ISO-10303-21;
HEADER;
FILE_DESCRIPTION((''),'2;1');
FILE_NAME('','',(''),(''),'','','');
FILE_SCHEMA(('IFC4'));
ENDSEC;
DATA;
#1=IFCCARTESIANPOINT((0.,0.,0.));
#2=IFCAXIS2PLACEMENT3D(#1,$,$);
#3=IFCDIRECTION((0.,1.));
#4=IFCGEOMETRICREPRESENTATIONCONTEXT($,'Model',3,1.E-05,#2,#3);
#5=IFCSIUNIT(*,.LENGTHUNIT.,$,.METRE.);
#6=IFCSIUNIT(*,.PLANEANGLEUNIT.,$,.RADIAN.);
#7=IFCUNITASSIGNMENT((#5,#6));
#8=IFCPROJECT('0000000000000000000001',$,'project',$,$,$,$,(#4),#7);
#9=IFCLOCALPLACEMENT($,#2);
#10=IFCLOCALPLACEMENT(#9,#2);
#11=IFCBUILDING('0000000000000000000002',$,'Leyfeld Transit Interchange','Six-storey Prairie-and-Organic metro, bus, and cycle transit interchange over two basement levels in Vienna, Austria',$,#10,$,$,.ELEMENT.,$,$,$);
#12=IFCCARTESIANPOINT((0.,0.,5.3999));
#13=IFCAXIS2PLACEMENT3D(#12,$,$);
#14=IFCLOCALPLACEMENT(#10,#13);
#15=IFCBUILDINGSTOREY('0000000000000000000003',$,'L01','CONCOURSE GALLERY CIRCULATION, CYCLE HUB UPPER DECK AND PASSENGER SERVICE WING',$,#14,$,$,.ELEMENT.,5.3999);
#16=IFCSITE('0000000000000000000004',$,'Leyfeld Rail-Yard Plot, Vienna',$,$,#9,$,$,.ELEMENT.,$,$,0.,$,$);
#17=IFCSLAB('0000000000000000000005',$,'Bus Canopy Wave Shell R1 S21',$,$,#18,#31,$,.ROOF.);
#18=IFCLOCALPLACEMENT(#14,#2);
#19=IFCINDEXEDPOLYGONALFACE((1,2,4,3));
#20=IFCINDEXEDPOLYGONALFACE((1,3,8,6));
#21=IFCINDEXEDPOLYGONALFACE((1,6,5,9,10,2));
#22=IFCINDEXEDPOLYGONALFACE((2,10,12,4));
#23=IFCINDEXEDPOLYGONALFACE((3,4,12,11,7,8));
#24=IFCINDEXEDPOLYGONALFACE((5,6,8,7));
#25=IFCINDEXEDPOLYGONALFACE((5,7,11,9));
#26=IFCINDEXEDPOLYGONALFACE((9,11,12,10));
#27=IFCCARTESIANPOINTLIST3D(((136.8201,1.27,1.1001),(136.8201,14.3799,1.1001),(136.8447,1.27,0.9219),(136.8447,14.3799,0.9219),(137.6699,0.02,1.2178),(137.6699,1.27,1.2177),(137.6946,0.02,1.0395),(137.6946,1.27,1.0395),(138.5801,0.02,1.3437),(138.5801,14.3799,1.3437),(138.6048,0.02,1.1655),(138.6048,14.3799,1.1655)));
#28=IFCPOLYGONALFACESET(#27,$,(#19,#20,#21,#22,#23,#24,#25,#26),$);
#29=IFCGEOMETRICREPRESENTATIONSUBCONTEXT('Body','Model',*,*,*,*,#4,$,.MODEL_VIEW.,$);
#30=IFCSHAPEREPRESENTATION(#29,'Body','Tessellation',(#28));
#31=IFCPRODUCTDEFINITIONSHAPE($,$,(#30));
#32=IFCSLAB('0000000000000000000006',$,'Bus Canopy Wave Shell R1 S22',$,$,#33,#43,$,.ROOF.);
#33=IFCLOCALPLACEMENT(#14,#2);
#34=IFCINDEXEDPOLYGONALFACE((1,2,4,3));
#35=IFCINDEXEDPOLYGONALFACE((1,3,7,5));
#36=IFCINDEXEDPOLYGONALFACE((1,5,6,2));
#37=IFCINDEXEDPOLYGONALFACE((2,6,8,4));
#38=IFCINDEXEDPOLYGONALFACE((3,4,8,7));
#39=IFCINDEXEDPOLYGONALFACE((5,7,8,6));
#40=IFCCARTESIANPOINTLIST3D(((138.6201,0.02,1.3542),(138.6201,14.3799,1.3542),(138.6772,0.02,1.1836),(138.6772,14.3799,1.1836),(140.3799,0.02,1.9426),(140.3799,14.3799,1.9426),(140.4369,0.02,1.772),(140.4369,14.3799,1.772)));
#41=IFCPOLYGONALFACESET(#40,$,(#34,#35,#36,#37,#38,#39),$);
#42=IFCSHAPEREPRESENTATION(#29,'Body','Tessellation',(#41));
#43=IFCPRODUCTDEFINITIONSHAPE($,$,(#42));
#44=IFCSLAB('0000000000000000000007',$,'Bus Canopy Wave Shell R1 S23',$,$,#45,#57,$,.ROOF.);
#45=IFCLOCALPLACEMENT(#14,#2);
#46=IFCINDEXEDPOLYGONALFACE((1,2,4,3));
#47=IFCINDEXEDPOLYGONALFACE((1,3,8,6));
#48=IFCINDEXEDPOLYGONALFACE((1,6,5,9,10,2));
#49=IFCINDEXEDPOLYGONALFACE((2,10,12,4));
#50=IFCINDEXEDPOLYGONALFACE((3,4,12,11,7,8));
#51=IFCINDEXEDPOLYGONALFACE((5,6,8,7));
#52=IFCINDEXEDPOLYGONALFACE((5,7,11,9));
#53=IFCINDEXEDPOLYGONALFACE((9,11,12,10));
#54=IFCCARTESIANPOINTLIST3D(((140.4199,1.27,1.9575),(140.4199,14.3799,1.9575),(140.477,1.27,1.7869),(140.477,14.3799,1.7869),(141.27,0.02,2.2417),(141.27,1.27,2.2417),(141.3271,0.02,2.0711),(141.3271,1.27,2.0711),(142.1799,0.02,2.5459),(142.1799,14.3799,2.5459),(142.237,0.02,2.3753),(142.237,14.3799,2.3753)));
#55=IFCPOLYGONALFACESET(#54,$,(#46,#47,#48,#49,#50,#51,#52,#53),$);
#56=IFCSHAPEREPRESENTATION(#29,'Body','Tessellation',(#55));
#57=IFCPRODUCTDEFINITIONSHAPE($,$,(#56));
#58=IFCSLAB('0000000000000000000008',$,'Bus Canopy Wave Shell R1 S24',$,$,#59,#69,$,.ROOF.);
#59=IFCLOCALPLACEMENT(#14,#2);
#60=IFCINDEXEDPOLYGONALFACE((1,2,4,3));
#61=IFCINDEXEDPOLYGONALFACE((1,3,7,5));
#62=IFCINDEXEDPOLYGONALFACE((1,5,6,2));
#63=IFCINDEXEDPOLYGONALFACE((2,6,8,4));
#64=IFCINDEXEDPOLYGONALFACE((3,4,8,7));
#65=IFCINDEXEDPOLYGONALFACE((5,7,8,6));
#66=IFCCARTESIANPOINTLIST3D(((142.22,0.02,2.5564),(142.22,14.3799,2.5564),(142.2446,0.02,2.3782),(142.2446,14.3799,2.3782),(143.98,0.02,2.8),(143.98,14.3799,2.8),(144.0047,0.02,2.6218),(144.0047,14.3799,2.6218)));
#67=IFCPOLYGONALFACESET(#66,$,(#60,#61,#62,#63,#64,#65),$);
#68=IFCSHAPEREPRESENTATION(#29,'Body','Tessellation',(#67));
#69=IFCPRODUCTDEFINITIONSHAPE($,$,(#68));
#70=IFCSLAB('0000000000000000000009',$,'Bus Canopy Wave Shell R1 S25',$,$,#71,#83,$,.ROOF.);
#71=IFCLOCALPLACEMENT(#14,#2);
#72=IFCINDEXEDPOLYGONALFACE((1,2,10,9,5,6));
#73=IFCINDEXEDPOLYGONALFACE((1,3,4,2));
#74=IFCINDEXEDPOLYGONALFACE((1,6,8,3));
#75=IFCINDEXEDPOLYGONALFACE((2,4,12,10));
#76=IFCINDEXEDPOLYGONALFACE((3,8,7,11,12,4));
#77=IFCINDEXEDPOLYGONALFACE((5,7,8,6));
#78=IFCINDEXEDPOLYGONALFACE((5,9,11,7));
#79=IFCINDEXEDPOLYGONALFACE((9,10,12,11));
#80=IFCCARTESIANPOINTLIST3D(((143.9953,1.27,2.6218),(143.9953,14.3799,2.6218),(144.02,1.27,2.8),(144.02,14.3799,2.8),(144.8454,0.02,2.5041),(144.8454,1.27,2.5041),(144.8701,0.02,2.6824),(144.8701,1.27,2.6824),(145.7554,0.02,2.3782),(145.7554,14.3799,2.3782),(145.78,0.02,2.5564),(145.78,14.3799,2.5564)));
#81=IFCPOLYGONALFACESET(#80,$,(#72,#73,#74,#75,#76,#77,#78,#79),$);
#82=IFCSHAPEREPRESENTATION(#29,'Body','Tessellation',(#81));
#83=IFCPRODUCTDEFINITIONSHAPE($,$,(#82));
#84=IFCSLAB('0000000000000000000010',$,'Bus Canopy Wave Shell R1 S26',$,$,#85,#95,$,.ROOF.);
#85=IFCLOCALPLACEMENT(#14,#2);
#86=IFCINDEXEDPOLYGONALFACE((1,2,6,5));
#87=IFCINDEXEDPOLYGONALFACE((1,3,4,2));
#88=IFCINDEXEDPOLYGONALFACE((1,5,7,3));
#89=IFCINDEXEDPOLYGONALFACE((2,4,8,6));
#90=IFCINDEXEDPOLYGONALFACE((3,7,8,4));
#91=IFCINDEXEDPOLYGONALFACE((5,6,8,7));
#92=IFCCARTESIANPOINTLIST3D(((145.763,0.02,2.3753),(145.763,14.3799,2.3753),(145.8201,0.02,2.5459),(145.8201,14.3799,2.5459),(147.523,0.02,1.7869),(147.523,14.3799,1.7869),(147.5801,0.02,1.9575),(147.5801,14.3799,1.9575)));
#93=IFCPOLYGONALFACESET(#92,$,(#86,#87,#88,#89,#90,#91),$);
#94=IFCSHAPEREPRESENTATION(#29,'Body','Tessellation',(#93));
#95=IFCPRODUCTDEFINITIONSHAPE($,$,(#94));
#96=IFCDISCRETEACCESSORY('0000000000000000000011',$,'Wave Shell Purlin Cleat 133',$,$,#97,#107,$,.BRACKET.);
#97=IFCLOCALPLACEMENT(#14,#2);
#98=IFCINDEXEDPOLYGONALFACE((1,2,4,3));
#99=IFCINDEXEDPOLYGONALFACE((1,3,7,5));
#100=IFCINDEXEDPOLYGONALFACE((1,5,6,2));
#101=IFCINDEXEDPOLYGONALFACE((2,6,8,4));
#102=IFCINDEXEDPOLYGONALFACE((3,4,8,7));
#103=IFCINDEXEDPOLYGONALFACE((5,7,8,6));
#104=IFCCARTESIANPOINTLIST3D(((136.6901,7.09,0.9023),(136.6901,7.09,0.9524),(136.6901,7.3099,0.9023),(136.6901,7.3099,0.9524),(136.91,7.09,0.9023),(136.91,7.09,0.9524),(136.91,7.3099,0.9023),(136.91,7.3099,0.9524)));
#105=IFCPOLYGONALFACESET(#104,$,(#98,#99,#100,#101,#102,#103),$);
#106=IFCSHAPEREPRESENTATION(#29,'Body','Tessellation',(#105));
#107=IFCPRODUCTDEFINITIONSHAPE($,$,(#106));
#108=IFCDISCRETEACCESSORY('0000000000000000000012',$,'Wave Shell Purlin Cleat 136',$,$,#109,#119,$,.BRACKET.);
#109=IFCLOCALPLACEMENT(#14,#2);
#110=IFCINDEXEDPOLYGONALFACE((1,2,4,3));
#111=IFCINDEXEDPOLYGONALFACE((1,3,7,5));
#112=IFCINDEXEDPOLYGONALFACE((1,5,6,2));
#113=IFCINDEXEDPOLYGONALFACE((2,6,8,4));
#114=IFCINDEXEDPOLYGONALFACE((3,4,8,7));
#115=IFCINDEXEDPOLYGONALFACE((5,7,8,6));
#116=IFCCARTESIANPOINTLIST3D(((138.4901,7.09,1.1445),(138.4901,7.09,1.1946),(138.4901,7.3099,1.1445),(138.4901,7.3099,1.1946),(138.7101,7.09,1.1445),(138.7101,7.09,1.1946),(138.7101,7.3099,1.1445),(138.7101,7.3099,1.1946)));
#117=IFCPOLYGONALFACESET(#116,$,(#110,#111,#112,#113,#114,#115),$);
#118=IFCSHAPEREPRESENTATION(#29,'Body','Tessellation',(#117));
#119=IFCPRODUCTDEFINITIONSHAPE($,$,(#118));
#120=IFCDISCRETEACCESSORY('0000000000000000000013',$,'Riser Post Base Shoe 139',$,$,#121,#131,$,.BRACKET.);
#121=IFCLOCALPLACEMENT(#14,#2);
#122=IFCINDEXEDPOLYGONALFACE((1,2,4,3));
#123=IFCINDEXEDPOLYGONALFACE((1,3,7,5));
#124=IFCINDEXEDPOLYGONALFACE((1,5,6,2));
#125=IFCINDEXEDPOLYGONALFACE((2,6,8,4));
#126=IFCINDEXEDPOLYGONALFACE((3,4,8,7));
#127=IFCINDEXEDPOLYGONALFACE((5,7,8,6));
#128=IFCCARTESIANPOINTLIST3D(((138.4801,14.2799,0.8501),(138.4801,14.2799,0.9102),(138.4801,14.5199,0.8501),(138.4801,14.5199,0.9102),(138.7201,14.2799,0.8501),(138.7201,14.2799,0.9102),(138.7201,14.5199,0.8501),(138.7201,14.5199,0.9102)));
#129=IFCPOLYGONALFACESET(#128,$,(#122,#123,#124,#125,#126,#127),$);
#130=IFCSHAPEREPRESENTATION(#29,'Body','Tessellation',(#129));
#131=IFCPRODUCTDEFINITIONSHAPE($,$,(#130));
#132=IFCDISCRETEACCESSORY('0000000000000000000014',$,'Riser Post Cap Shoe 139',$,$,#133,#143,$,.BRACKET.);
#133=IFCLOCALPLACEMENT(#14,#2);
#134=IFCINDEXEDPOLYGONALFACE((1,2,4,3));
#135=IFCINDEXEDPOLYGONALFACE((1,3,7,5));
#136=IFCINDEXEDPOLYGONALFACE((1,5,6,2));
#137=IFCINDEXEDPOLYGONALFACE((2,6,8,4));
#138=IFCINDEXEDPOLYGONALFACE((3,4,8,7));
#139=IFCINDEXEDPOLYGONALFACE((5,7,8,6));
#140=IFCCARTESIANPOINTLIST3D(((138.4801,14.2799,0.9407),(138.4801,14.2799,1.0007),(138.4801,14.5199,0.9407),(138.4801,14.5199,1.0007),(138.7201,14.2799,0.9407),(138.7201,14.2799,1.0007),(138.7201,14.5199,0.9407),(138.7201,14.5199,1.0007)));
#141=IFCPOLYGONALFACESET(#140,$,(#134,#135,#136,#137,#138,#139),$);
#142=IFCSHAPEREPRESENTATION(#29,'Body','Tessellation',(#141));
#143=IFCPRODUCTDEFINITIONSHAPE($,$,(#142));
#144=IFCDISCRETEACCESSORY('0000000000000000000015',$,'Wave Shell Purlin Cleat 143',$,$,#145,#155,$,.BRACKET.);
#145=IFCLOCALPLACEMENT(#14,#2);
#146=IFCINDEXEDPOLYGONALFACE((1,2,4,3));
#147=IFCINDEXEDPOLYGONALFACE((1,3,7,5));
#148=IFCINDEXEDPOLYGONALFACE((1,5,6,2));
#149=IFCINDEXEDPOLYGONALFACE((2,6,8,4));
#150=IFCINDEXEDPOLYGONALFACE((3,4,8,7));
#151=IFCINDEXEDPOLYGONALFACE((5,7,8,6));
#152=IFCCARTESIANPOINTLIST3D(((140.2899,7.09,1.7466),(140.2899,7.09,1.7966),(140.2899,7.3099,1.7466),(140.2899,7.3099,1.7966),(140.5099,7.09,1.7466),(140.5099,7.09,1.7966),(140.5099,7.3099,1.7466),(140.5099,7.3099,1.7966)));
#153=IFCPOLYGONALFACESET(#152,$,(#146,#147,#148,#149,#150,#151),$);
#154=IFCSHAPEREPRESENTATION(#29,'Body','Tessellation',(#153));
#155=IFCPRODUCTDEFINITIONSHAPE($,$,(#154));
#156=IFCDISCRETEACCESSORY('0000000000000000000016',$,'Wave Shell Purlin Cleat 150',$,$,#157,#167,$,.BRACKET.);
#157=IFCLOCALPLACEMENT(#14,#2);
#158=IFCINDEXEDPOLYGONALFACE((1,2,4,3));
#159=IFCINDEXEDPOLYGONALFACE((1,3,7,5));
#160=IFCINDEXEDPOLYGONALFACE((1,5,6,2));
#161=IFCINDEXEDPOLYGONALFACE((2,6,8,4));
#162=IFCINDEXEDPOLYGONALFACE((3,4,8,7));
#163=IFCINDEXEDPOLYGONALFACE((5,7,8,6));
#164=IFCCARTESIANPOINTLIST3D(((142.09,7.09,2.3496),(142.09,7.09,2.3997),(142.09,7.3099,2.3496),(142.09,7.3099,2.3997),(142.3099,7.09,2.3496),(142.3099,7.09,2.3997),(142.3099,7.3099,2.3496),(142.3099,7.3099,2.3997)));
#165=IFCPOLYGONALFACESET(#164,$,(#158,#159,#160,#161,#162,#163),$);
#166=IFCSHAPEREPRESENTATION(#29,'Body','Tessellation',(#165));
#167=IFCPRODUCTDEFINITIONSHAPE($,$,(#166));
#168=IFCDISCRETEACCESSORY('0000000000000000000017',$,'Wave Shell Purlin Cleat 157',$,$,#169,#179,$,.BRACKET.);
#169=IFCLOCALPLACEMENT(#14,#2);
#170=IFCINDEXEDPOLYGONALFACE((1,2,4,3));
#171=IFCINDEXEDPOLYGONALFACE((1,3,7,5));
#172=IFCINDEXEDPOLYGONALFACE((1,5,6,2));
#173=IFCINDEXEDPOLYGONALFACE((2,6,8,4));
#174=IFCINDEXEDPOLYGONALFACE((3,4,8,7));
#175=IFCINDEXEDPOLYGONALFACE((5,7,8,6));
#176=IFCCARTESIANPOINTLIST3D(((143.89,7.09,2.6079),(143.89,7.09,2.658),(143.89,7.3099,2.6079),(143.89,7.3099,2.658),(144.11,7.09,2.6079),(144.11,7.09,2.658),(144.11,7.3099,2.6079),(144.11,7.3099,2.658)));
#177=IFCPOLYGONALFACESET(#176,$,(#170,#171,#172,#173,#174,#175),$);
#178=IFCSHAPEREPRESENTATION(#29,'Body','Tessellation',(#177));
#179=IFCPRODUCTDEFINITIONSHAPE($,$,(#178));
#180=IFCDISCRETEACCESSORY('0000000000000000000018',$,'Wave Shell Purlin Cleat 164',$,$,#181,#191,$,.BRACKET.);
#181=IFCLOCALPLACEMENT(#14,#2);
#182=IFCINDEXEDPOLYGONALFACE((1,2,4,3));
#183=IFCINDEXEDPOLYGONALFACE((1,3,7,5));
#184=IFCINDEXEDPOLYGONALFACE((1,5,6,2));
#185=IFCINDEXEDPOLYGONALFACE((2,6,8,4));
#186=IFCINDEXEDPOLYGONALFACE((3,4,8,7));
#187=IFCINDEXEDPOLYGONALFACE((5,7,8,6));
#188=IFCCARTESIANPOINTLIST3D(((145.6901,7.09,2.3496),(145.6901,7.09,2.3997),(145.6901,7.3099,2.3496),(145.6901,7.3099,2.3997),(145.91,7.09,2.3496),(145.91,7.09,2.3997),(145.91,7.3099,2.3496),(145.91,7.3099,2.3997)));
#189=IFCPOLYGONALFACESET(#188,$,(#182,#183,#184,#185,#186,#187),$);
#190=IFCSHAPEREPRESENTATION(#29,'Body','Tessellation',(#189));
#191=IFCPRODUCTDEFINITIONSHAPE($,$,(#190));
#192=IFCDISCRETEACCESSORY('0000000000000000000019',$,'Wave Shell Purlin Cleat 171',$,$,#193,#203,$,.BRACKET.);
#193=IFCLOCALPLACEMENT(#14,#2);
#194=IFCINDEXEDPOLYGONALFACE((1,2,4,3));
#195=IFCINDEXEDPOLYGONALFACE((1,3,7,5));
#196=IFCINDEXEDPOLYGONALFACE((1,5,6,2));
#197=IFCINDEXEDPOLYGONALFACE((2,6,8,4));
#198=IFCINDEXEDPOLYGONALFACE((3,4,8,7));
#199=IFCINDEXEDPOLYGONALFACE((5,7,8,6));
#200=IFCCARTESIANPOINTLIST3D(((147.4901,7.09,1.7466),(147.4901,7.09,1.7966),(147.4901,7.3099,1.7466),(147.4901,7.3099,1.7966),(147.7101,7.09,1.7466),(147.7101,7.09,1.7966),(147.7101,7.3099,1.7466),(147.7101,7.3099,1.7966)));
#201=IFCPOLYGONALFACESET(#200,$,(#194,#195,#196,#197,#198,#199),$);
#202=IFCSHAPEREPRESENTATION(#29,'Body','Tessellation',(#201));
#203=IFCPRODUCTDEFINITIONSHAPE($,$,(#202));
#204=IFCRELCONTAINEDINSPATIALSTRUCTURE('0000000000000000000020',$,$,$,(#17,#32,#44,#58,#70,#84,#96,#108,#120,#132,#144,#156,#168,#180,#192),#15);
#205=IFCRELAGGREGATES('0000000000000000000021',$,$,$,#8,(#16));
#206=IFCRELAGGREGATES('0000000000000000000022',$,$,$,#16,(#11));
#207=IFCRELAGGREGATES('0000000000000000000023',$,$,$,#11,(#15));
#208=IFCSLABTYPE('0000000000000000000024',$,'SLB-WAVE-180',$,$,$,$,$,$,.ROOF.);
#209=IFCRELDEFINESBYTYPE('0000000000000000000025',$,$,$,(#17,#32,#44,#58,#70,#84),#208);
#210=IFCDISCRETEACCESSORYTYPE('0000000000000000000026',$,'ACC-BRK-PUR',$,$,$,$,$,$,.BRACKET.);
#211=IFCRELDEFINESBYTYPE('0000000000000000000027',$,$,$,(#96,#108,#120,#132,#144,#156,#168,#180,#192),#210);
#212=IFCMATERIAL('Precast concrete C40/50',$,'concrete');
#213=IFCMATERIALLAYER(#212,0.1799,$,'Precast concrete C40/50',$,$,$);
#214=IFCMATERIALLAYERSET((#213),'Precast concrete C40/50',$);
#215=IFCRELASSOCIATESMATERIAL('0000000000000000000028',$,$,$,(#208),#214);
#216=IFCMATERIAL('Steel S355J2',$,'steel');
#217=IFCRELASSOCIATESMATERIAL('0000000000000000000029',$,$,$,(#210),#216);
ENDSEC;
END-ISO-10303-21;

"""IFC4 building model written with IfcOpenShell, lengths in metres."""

from ifc_helpers import new_model, si_unit, direction, frame, origin, origin_2d, place, context, subcontext, project, spatial, polyline, rectangle, outline, extrude, material, layer, layer_set, type_object, element, save


model = new_model("IFC4")

# Units and contexts
model_context = context("Model", 3, precision=1e-05, world=origin(), true_north=direction((0.0, 1.0)))
body_context = subcontext(model_context, "Body", "Model", "MODEL_VIEW")
ifc_project = project(units=[si_unit("LENGTHUNIT", "METRE"), si_unit("PLANEANGLEUNIT", "RADIAN")], contexts=[model_context])

# Site, building, storey
site_placement = place(None, origin())
site = spatial("IfcSite", under=ifc_project, at=site_placement, Name="Leyfeld Rail-Yard Plot, Vienna", CompositionType="ELEMENT", RefElevation=0.0)
building_placement = place(site_placement, origin())
building = spatial("IfcBuilding", under=site, at=building_placement, Name="Leyfeld Transit Interchange", Description="Six-storey Prairie-and-Organic metro, bus, and cycle transit interchange over two basement levels in Vienna, Austria", CompositionType="ELEMENT")
storey_placement = place(building_placement, frame((0.0, 0.0, 5.3999)))
storey = spatial("IfcBuildingStorey", under=building, at=storey_placement, Name="L01", Description="CONCOURSE GALLERY CIRCULATION, CYCLE HUB UPPER DECK AND PASSENGER SERVICE WING", CompositionType="ELEMENT", Elevation=5.3999)

# Shared definitions
ifc_material_1 = material(Name="Steel S355J2", Category="steel")

# Slabs
ifc_material_2 = material(Name="Precast concrete C40/50", Category="concrete")
ifc_layer = layer(ifc_material_2, 0.1799, Name="Precast concrete C40/50")
ifc_layer_set = layer_set([ifc_layer], Name="Precast concrete C40/50")
slab_type = type_object("IfcSlabType", Name="SLB-WAVE-180", PredefinedType="ROOF", material=ifc_layer_set)
slab_1_placement = place(storey_placement, frame((136.8201, 1.27, 1.1001), z_axis=(-0.137129, 0.000001, 0.990553), x_axis=(0.990553, 0.0, 0.137129)))
element("IfcSlab", 1, at=slab_1_placement, inside=storey, type_object=slab_type, Name="Bus Canopy Wave Shell R1 S21", PredefinedType="ROOF", context=body_context, shape_type="SweptSolid", body=[
    extrude(outline(polyline([(0.0, 0.0), (0.858, 0.0), (0.858, -1.25), (1.7768, -1.25), (1.7768, 13.1099), (0.0, 13.1099), (0.0, 0.0)])), origin(), (0.0, 0.0, -1.0), 0.1799),
])
slab_2_placement = place(storey_placement, frame((138.6201, 0.02, 1.3542), z_axis=(-0.317096, 0.0, 0.948393), x_axis=(0.948393, 0.0, 0.317096)))
element("IfcSlab", 2, at=slab_2_placement, inside=storey, type_object=slab_type, Name="Bus Canopy Wave Shell R1 S22", PredefinedType="ROOF", context=body_context, shape_type="SweptSolid", body=[
    extrude(outline(polyline([(0.0, 0.0), (1.8555, 0.0), (1.8555, 14.3599), (0.0, 14.3599), (0.0, 0.0)])), origin(), (0.0, 0.0, -1.0), 0.1799),
])
slab_3_placement = place(storey_placement, frame((140.4199, 1.27, 1.9575), z_axis=(-0.317057, 0.0, 0.948406), x_axis=(0.948406, 0.0, 0.317057)))
element("IfcSlab", 3, at=slab_3_placement, inside=storey, type_object=slab_type, Name="Bus Canopy Wave Shell R1 S23", PredefinedType="ROOF", context=body_context, shape_type="SweptSolid", body=[
    extrude(outline(polyline([(0.0, 0.0), (0.8963, 0.0), (0.8963, -1.25), (1.8558, -1.25), (1.8558, 13.1099), (0.0, 13.1099), (0.0, 0.0)])), origin(), (0.0, 0.0, -1.0), 0.1799),
])
slab_4_placement = place(storey_placement, frame((142.22, 0.02, 2.5564), z_axis=(-0.13713, 0.0, 0.990553), x_axis=(0.990553, 0.0, 0.13713)))
element("IfcSlab", 4, at=slab_4_placement, inside=storey, type_object=slab_type, Name="Bus Canopy Wave Shell R1 S24", PredefinedType="ROOF", context=body_context, shape_type="SweptSolid", body=[
    extrude(outline(polyline([(0.0, 0.0), (1.7768, 0.0), (1.7768, 14.3599), (0.0, 14.3599), (0.0, 0.0)])), origin(), (0.0, 0.0, -1.0), 0.1799),
])
slab_5_placement = place(storey_placement, frame((144.02, 1.27, 2.8), z_axis=(0.137131, 0.0, 0.990553), x_axis=(0.990553, 0.0, -0.137131)))
element("IfcSlab", 5, at=slab_5_placement, inside=storey, type_object=slab_type, Name="Bus Canopy Wave Shell R1 S25", PredefinedType="ROOF", context=body_context, shape_type="SweptSolid", body=[
    extrude(outline(polyline([(0.0, 0.0), (0.8582, 0.0), (0.8582, -1.25), (1.7768, -1.25), (1.7768, 13.1099), (0.0, 13.1099), (0.0, 0.0)])), origin(), (0.0, 0.0, -1.0), 0.1799),
])
slab_6_placement = place(storey_placement, frame((145.8201, 0.02, 2.5459), z_axis=(0.317056, 0.0, 0.948407), x_axis=(0.948407, 0.0, -0.317056)))
element("IfcSlab", 6, at=slab_6_placement, inside=storey, type_object=slab_type, Name="Bus Canopy Wave Shell R1 S26", PredefinedType="ROOF", context=body_context, shape_type="SweptSolid", body=[
    extrude(outline(polyline([(0.0, 0.0), (1.8558, 0.0), (1.8558, 14.3599), (0.0, 14.3599), (0.0, 0.0)])), origin(), (0.0, 0.0, -1.0), 0.1799),
])

# Discrete accessories
discrete_accessory_type = type_object("IfcDiscreteAccessoryType", Name="ACC-BRK-PUR", PredefinedType="BRACKET", material=ifc_material_1)
for number, where, z_axis, x_axis, name in (
    (7, (136.8, 7.2, 0.9023), (0.0, 0.0, 1.0), (1.0, 0.0, 0.0), "Wave Shell Purlin Cleat 133"),
    (8, (138.6001, 7.2, 1.1445), (0.0, 0.0, 1.0), (1.0, 0.0, 0.0), "Wave Shell Purlin Cleat 136"),
):
    element("IfcDiscreteAccessory", number, at=place(storey_placement, frame(where, z_axis=z_axis, x_axis=x_axis)), inside=storey, type_object=discrete_accessory_type, Name=name, PredefinedType="BRACKET", context=body_context, shape_type="SweptSolid", body=[
        extrude(rectangle(XDim=0.22, YDim=0.22, at=origin_2d()), origin(), (0.0, 0.0, 1.0), 0.05),
    ])
for number, where, z_axis, x_axis, name in (
    (9, (138.6001, 14.3999, 0.8501), (0.0, 0.0, 1.0), (1.0, 0.0, 0.0), "Riser Post Base Shoe 139"),
    (10, (138.6001, 14.3999, 0.9407), (0.0, 0.0, 1.0), (1.0, 0.0, 0.0), "Riser Post Cap Shoe 139"),
):
    element("IfcDiscreteAccessory", number, at=place(storey_placement, frame(where, z_axis=z_axis, x_axis=x_axis)), inside=storey, type_object=discrete_accessory_type, Name=name, PredefinedType="BRACKET", context=body_context, shape_type="SweptSolid", body=[
        extrude(rectangle(XDim=0.24, YDim=0.24, at=origin_2d()), origin(), (0.0, 0.0, 1.0), 0.0601),
    ])
for number, where, z_axis, x_axis, name in (
    (11, (140.3999, 7.2, 1.7466), (0.0, 0.0, 1.0), (1.0, 0.0, 0.0), "Wave Shell Purlin Cleat 143"),
    (12, (142.2, 7.2, 2.3496), (0.0, 0.0, 1.0), (1.0, 0.0, 0.0), "Wave Shell Purlin Cleat 150"),
    (13, (144.0, 7.2, 2.6079), (0.0, 0.0, 1.0), (1.0, 0.0, 0.0), "Wave Shell Purlin Cleat 157"),
    (14, (145.8, 7.2, 2.3496), (0.0, 0.0, 1.0), (1.0, 0.0, 0.0), "Wave Shell Purlin Cleat 164"),
    (15, (147.6001, 7.2, 1.7466), (0.0, 0.0, 1.0), (1.0, 0.0, 0.0), "Wave Shell Purlin Cleat 171"),
):
    element("IfcDiscreteAccessory", number, at=place(storey_placement, frame(where, z_axis=z_axis, x_axis=x_axis)), inside=storey, type_object=discrete_accessory_type, Name=name, PredefinedType="BRACKET", context=body_context, shape_type="SweptSolid", body=[
        extrude(rectangle(XDim=0.22, YDim=0.22, at=origin_2d()), origin(), (0.0, 0.0, 1.0), 0.05),
    ])

save(model, "model.ifc")
